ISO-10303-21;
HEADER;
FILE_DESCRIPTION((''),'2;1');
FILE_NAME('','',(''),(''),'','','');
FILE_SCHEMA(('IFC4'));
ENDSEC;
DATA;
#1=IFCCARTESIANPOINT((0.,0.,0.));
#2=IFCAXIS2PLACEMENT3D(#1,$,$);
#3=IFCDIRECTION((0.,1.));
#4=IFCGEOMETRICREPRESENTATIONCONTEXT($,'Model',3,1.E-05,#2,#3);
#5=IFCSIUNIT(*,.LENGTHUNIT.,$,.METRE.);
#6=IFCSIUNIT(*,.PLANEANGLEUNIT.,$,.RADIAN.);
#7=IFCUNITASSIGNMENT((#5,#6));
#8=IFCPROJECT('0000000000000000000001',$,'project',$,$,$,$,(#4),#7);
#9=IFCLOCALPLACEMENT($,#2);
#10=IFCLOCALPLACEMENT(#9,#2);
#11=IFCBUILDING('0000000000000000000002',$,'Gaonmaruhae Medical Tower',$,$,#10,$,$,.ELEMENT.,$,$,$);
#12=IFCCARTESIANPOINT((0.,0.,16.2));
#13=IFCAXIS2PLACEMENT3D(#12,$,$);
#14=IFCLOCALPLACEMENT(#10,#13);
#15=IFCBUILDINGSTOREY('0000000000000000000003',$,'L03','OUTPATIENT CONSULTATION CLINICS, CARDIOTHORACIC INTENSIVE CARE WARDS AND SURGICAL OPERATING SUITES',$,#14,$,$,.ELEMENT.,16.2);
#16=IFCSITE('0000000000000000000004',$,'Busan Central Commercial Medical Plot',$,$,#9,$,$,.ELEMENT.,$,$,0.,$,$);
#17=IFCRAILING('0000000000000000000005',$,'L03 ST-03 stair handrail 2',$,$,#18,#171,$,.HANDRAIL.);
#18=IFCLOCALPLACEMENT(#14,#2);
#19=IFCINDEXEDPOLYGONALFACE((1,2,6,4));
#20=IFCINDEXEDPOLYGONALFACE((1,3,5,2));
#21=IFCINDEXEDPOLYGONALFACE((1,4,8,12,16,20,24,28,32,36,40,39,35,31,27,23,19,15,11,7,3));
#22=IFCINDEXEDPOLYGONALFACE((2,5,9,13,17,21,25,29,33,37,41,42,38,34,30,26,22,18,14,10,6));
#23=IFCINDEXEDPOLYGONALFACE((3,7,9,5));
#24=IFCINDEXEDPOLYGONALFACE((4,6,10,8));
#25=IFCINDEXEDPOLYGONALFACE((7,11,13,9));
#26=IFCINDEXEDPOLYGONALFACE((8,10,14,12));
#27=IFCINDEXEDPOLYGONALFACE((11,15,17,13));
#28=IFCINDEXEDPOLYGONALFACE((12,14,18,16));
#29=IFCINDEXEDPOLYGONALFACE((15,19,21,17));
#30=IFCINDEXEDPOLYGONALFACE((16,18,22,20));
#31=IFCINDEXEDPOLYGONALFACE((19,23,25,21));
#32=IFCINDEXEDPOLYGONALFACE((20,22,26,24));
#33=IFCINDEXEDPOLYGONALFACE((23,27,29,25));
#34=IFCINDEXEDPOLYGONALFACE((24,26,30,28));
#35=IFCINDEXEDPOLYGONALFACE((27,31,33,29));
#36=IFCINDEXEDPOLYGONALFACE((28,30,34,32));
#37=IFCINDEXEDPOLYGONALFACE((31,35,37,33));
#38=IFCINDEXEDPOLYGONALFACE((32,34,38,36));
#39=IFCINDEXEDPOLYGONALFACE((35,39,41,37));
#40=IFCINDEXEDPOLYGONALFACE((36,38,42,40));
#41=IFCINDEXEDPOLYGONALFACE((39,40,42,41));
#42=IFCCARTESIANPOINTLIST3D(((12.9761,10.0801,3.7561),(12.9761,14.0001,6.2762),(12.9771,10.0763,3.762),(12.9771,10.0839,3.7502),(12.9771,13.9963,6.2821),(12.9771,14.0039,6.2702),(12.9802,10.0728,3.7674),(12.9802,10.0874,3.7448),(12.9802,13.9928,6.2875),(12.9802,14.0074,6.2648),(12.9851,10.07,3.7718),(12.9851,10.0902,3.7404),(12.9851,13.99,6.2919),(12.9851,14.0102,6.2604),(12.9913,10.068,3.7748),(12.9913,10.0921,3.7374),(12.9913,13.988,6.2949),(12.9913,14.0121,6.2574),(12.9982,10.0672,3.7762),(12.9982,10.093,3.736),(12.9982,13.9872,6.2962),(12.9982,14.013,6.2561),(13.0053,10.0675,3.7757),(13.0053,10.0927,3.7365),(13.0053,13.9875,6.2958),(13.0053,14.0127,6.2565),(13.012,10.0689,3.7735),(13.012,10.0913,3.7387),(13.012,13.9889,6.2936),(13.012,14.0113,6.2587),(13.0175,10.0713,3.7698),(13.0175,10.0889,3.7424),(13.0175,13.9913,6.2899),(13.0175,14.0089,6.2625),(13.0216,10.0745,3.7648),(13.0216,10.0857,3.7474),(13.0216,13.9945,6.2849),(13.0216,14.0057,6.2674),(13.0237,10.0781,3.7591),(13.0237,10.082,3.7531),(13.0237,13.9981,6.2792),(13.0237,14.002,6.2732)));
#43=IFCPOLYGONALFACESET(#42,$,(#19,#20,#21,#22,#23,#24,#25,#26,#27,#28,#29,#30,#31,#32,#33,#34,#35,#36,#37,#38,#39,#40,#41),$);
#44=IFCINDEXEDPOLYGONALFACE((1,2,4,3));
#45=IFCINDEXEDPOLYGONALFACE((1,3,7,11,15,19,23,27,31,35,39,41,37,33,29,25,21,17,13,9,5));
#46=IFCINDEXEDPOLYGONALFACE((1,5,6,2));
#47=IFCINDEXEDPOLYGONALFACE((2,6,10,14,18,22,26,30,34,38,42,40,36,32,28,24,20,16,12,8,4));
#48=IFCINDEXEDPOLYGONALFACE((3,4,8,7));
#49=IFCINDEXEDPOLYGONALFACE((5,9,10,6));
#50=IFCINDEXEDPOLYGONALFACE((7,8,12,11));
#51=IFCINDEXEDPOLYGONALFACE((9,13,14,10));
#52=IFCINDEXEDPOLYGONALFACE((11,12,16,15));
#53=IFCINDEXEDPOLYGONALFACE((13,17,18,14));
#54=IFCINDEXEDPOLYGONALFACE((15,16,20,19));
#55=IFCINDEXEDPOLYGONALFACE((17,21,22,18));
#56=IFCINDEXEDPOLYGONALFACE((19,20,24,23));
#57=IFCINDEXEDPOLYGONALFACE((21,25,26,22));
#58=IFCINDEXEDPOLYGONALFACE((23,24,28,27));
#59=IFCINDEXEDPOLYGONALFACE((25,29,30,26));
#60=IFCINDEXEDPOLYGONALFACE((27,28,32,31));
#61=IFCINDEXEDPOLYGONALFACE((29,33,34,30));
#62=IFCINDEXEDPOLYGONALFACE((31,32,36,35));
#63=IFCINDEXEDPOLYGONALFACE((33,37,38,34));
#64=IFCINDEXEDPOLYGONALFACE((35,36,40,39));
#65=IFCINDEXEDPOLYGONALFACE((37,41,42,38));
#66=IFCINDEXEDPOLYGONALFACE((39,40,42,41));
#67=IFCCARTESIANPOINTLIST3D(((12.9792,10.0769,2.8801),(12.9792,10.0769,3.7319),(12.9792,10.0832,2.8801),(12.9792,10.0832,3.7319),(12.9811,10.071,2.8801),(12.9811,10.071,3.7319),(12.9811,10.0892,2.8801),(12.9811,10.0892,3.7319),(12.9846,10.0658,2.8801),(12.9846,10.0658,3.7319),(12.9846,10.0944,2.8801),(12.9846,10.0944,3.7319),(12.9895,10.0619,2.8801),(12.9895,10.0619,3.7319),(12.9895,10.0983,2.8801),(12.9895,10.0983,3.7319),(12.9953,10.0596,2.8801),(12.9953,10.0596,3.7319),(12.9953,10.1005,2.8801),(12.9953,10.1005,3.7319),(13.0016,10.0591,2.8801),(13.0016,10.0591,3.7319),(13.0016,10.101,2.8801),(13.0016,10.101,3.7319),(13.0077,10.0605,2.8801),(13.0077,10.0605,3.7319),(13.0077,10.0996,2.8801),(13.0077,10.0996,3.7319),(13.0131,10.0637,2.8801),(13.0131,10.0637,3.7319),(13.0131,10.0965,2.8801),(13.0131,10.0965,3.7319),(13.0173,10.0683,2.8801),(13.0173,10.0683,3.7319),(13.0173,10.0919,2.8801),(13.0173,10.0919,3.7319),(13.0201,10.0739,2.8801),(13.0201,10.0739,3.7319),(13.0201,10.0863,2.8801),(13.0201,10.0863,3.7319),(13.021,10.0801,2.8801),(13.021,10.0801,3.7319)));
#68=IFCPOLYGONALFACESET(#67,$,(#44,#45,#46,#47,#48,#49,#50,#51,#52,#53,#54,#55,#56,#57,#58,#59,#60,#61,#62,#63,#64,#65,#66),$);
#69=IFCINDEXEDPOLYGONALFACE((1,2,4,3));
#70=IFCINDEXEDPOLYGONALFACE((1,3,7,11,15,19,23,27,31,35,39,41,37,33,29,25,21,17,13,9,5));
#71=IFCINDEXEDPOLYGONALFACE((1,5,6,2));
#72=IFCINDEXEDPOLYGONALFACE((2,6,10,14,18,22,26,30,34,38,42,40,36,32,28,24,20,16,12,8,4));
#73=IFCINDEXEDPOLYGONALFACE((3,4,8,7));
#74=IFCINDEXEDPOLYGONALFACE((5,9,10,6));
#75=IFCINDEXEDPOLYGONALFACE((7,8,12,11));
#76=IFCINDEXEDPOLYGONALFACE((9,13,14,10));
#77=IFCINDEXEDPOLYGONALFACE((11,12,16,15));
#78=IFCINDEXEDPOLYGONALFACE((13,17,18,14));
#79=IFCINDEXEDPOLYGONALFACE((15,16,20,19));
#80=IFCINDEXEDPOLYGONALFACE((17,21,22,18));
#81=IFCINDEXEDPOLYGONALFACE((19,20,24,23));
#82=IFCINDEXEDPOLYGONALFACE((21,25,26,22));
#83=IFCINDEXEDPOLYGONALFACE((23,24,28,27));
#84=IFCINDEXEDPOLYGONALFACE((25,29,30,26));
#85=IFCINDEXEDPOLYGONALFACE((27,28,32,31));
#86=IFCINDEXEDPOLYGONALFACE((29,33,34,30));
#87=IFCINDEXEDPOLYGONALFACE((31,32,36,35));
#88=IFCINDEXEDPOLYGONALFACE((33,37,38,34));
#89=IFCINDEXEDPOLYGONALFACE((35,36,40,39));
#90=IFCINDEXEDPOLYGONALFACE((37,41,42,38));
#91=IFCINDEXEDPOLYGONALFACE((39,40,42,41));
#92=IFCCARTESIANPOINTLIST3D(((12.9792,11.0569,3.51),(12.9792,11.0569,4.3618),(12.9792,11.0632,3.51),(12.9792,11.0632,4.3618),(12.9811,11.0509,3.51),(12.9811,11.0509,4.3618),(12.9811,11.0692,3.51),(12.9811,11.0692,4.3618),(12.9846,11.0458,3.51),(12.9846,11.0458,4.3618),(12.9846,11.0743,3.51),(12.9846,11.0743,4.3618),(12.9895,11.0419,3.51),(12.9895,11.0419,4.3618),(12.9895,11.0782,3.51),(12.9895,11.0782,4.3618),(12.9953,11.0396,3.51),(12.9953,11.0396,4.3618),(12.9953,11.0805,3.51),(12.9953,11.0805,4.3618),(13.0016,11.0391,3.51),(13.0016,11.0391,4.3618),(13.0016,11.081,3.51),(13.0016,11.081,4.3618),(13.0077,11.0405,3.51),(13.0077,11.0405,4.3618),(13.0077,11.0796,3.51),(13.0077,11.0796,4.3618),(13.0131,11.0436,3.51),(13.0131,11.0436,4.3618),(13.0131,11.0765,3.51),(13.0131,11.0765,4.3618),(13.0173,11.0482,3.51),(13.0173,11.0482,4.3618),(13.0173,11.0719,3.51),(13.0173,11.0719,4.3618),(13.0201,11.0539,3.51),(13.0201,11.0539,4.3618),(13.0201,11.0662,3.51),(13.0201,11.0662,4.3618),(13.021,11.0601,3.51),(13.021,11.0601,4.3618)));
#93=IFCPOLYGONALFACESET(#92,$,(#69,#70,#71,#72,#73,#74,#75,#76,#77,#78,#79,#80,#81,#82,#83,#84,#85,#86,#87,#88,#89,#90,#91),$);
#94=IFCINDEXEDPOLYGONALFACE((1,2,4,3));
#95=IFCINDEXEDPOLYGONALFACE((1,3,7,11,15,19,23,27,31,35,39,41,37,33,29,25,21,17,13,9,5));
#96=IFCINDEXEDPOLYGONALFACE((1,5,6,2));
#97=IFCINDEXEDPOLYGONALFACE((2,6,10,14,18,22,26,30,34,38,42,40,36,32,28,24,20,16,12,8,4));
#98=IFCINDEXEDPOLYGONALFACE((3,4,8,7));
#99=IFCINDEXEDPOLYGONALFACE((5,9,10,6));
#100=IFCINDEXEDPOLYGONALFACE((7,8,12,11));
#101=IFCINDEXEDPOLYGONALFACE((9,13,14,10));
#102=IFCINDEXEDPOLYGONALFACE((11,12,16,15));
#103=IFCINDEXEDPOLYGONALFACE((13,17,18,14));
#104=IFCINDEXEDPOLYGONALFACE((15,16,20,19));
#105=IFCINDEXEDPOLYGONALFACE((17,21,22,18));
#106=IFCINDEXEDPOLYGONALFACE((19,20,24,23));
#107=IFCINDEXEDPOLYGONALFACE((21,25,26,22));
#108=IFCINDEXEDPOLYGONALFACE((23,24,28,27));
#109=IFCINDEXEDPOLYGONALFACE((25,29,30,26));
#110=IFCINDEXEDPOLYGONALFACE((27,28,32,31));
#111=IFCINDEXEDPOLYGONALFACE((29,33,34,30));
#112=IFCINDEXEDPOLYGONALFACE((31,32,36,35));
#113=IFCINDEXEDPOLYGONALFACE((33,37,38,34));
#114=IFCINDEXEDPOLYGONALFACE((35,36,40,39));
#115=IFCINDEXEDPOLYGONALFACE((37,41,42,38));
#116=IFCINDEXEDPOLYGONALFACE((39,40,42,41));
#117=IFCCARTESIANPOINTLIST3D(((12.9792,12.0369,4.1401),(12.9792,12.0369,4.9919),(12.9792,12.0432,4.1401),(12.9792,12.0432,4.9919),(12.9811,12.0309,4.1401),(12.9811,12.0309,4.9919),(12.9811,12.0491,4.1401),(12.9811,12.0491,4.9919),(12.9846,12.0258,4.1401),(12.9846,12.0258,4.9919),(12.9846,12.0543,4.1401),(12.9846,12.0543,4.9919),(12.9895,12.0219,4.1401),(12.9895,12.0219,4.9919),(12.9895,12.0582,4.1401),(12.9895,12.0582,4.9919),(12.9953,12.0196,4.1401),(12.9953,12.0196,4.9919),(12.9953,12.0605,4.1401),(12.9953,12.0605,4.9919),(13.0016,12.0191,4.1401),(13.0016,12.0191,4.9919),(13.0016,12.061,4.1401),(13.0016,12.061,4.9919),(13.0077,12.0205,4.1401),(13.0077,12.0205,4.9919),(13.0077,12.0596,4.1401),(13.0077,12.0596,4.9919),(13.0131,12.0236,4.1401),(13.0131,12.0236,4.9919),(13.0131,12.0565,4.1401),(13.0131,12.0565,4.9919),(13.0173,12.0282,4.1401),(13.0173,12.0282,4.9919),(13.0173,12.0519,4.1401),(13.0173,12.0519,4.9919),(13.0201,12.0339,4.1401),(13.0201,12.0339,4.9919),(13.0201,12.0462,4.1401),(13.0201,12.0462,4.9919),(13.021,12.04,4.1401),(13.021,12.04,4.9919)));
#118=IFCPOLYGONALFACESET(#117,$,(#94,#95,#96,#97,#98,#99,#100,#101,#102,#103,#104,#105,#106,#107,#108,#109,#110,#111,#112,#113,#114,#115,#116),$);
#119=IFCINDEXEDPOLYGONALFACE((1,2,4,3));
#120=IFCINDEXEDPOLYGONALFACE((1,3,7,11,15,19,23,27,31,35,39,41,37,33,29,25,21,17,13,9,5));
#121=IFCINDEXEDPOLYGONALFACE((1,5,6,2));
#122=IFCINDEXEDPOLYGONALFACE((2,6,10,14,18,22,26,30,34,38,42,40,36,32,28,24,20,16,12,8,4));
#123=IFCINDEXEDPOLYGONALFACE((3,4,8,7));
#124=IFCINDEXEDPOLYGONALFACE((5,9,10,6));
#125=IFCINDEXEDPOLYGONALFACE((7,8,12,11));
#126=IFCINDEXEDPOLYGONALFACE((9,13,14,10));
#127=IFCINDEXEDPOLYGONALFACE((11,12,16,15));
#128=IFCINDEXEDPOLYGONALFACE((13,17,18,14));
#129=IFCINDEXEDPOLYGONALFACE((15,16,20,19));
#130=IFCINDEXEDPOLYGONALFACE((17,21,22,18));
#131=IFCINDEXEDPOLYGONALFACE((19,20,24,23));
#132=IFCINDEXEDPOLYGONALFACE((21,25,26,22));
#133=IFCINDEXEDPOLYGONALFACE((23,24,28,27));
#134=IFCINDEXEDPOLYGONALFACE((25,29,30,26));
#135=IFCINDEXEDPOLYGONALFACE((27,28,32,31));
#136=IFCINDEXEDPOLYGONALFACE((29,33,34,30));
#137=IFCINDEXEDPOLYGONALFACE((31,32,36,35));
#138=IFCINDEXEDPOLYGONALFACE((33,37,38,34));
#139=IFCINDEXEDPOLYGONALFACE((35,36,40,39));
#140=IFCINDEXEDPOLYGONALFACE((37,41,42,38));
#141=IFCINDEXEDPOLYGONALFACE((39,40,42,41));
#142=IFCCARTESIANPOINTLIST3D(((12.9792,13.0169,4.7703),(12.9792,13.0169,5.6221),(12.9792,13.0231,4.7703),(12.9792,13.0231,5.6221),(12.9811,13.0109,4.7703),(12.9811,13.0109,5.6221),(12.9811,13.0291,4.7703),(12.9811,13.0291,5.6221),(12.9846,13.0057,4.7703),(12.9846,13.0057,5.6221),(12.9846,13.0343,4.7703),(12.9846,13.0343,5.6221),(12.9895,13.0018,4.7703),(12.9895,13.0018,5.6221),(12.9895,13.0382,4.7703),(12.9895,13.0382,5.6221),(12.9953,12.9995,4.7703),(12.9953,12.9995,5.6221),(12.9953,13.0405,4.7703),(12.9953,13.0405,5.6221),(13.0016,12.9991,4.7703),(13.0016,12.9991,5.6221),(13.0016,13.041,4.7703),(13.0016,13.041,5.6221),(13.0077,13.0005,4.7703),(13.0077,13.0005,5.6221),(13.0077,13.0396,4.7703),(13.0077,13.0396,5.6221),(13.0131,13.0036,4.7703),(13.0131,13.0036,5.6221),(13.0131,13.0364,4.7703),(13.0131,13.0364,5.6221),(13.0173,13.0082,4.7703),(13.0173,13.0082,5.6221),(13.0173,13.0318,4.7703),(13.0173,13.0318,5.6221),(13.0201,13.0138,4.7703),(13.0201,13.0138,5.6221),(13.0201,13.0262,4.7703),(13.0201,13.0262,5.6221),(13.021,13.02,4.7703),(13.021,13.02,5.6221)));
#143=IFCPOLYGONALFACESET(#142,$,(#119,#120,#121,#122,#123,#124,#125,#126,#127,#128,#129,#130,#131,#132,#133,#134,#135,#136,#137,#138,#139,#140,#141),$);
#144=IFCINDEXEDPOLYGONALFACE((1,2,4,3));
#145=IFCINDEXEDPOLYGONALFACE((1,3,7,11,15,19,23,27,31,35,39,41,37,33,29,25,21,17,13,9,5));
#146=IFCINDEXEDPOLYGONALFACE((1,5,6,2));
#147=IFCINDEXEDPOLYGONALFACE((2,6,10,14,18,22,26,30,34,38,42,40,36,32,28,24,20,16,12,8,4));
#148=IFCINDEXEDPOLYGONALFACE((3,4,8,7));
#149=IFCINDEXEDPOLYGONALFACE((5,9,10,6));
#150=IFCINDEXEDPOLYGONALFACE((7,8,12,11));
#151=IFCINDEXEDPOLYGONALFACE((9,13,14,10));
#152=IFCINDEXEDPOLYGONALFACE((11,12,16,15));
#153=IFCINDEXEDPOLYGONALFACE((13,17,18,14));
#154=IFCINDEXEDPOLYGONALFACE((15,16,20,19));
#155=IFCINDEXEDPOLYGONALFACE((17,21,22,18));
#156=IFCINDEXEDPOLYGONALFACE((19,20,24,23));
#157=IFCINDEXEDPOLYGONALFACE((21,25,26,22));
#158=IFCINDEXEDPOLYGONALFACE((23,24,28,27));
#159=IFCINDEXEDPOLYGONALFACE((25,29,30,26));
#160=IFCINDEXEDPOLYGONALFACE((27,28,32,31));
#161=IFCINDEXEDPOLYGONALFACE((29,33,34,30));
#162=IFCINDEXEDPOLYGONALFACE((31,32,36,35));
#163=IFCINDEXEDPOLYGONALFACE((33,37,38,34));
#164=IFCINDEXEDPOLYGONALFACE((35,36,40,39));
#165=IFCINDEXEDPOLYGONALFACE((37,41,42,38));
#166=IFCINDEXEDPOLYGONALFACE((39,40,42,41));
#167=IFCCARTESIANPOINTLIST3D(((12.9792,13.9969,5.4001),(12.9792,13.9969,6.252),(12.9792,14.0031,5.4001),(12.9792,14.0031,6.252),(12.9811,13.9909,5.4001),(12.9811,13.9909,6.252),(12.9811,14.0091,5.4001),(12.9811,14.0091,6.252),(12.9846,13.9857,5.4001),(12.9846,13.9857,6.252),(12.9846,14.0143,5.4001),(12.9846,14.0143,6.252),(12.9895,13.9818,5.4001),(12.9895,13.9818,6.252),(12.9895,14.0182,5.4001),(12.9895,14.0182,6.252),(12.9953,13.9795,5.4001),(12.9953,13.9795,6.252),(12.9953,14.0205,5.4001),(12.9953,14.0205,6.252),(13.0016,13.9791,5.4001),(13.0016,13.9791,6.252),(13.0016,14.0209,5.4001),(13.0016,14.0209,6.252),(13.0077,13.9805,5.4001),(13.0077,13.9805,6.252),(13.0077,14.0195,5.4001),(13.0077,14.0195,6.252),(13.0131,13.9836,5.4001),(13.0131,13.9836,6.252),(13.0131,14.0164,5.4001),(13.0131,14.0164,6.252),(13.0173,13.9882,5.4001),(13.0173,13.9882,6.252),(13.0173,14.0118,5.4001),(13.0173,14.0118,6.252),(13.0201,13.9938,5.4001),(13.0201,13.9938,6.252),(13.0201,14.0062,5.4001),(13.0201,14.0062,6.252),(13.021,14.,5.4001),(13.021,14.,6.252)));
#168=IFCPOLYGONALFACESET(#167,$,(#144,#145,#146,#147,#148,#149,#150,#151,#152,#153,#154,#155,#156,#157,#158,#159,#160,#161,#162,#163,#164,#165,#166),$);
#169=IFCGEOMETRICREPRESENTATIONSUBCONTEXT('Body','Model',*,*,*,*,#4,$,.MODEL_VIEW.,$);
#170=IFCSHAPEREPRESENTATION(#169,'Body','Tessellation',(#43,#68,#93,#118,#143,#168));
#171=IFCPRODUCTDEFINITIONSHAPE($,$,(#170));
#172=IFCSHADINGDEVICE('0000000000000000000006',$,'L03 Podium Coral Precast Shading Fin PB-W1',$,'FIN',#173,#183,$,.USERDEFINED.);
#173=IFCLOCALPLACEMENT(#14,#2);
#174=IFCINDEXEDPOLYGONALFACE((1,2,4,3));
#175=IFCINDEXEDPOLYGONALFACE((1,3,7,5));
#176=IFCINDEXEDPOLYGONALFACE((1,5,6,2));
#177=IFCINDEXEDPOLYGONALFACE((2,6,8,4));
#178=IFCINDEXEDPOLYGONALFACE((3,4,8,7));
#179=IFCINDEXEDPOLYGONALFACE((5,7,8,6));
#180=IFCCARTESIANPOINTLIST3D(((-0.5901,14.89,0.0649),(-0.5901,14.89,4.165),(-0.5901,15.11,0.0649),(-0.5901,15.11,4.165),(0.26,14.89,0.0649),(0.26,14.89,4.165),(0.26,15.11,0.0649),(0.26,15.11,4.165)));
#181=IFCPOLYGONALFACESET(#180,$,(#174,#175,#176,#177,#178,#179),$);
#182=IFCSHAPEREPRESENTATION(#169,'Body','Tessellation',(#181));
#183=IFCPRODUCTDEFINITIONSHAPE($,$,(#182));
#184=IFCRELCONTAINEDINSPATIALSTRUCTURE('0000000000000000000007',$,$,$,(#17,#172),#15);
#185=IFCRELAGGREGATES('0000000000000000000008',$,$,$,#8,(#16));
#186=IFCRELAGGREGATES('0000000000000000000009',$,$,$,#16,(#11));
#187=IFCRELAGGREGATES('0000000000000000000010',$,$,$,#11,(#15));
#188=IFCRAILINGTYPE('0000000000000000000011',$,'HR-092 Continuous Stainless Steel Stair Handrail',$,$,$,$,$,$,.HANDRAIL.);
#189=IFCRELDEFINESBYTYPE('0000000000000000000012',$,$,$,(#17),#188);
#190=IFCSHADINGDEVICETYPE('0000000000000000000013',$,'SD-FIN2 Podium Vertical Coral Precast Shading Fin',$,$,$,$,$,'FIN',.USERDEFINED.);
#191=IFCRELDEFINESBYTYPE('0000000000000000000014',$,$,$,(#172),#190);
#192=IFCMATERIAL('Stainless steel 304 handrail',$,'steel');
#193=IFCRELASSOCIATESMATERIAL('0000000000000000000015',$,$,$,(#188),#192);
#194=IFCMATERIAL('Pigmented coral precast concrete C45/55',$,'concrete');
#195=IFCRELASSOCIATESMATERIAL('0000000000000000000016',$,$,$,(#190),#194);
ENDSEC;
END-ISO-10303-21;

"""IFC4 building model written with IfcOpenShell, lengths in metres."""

from ifc_helpers import new_model, si_unit, direction, frame, origin, origin_2d, place, context, subcontext, project, spatial, rectangle, circle, extrude, material, type_object, element, save


model = new_model("IFC4")

# Units and contexts
model_context = context("Model", 3, precision=1e-05, world=origin(), true_north=direction((0.0, 1.0)))
body_context = subcontext(model_context, "Body", "Model", "MODEL_VIEW")
ifc_project = project(units=[si_unit("LENGTHUNIT", "METRE"), si_unit("PLANEANGLEUNIT", "RADIAN")], contexts=[model_context])

# Site, building, storey
site_placement = place(None, origin())
site = spatial("IfcSite", under=ifc_project, at=site_placement, Name="Busan Central Commercial Medical Plot", CompositionType="ELEMENT", RefElevation=0.0)
building_placement = place(site_placement, origin())
building = spatial("IfcBuilding", under=site, at=building_placement, Name="Gaonmaruhae Medical Tower", CompositionType="ELEMENT")
storey_placement = place(building_placement, frame((0.0, 0.0, 16.2)))
storey = spatial("IfcBuildingStorey", under=building, at=storey_placement, Name="L03", Description="OUTPATIENT CONSULTATION CLINICS, CARDIOTHORACIC INTENSIVE CARE WARDS AND SURGICAL OPERATING SUITES", CompositionType="ELEMENT", Elevation=16.2)

# Railing
ifc_material_1 = material(Name="Stainless steel 304 handrail", Category="steel")
railing_type_1 = type_object("IfcRailingType", Name="HR-092 Continuous Stainless Steel Stair Handrail", PredefinedType="HANDRAIL", material=ifc_material_1)
railing_1_placement = place(storey_placement, frame((13.0, 10.0801, 2.8801)))
element("IfcRailing", 1, at=railing_1_placement, inside=storey, type_object=railing_type_1, Name="L03 ST-03 stair handrail 2", PredefinedType="HANDRAIL", context=body_context, shape_type="SweptSolid", body=[
    extrude(circle(Radius=0.0239, at=origin_2d()), frame((0.0, 0.0, 0.876), z_axis=(0.0, 0.841172, 0.540768), x_axis=(-1.0, 0.0, 0.0)), (0.0, 0.0, 1.0), 4.6602),
    extrude(circle(Radius=0.021, at=origin_2d()), origin(), (0.0, 0.0, 1.0), 0.8518),
    extrude(circle(Radius=0.021, at=origin_2d()), frame((0.0, 0.98, 0.6299)), (0.0, 0.0, 1.0), 0.8518),
    extrude(circle(Radius=0.021, at=origin_2d()), frame((0.0, 1.96, 1.26)), (0.0, 0.0, 1.0), 0.8518),
    extrude(circle(Radius=0.021, at=origin_2d()), frame((0.0, 2.9399, 1.8901)), (0.0, 0.0, 1.0), 0.8518),
    extrude(circle(Radius=0.021, at=origin_2d()), frame((0.0, 3.9199, 2.52)), (0.0, 0.0, 1.0), 0.8518),
])

# Shading device
ifc_material_2 = material(Name="Pigmented coral precast concrete C45/55", Category="concrete")
shading_device_type = type_object("IfcShadingDeviceType", Name="SD-FIN2 Podium Vertical Coral Precast Shading Fin", ElementType="FIN", PredefinedType="USERDEFINED", material=ifc_material_2)
shading_device_placement = place(storey_placement, frame((-0.165, 15.0, 0.0649), z_axis=(0.0, 0.0, 1.0), x_axis=(0.0, 1.0, 0.0)))
element("IfcShadingDevice", 2, at=shading_device_placement, inside=storey, type_object=shading_device_type, Name="L03 Podium Coral Precast Shading Fin PB-W1", ObjectType="FIN", PredefinedType="USERDEFINED", context=body_context, shape_type="SweptSolid", body=[
    extrude(rectangle(XDim=0.22, YDim=0.8501, at=origin_2d()), origin(), (0.0, 0.0, 1.0), 4.1001),
])

save(model, "model.ifc")
